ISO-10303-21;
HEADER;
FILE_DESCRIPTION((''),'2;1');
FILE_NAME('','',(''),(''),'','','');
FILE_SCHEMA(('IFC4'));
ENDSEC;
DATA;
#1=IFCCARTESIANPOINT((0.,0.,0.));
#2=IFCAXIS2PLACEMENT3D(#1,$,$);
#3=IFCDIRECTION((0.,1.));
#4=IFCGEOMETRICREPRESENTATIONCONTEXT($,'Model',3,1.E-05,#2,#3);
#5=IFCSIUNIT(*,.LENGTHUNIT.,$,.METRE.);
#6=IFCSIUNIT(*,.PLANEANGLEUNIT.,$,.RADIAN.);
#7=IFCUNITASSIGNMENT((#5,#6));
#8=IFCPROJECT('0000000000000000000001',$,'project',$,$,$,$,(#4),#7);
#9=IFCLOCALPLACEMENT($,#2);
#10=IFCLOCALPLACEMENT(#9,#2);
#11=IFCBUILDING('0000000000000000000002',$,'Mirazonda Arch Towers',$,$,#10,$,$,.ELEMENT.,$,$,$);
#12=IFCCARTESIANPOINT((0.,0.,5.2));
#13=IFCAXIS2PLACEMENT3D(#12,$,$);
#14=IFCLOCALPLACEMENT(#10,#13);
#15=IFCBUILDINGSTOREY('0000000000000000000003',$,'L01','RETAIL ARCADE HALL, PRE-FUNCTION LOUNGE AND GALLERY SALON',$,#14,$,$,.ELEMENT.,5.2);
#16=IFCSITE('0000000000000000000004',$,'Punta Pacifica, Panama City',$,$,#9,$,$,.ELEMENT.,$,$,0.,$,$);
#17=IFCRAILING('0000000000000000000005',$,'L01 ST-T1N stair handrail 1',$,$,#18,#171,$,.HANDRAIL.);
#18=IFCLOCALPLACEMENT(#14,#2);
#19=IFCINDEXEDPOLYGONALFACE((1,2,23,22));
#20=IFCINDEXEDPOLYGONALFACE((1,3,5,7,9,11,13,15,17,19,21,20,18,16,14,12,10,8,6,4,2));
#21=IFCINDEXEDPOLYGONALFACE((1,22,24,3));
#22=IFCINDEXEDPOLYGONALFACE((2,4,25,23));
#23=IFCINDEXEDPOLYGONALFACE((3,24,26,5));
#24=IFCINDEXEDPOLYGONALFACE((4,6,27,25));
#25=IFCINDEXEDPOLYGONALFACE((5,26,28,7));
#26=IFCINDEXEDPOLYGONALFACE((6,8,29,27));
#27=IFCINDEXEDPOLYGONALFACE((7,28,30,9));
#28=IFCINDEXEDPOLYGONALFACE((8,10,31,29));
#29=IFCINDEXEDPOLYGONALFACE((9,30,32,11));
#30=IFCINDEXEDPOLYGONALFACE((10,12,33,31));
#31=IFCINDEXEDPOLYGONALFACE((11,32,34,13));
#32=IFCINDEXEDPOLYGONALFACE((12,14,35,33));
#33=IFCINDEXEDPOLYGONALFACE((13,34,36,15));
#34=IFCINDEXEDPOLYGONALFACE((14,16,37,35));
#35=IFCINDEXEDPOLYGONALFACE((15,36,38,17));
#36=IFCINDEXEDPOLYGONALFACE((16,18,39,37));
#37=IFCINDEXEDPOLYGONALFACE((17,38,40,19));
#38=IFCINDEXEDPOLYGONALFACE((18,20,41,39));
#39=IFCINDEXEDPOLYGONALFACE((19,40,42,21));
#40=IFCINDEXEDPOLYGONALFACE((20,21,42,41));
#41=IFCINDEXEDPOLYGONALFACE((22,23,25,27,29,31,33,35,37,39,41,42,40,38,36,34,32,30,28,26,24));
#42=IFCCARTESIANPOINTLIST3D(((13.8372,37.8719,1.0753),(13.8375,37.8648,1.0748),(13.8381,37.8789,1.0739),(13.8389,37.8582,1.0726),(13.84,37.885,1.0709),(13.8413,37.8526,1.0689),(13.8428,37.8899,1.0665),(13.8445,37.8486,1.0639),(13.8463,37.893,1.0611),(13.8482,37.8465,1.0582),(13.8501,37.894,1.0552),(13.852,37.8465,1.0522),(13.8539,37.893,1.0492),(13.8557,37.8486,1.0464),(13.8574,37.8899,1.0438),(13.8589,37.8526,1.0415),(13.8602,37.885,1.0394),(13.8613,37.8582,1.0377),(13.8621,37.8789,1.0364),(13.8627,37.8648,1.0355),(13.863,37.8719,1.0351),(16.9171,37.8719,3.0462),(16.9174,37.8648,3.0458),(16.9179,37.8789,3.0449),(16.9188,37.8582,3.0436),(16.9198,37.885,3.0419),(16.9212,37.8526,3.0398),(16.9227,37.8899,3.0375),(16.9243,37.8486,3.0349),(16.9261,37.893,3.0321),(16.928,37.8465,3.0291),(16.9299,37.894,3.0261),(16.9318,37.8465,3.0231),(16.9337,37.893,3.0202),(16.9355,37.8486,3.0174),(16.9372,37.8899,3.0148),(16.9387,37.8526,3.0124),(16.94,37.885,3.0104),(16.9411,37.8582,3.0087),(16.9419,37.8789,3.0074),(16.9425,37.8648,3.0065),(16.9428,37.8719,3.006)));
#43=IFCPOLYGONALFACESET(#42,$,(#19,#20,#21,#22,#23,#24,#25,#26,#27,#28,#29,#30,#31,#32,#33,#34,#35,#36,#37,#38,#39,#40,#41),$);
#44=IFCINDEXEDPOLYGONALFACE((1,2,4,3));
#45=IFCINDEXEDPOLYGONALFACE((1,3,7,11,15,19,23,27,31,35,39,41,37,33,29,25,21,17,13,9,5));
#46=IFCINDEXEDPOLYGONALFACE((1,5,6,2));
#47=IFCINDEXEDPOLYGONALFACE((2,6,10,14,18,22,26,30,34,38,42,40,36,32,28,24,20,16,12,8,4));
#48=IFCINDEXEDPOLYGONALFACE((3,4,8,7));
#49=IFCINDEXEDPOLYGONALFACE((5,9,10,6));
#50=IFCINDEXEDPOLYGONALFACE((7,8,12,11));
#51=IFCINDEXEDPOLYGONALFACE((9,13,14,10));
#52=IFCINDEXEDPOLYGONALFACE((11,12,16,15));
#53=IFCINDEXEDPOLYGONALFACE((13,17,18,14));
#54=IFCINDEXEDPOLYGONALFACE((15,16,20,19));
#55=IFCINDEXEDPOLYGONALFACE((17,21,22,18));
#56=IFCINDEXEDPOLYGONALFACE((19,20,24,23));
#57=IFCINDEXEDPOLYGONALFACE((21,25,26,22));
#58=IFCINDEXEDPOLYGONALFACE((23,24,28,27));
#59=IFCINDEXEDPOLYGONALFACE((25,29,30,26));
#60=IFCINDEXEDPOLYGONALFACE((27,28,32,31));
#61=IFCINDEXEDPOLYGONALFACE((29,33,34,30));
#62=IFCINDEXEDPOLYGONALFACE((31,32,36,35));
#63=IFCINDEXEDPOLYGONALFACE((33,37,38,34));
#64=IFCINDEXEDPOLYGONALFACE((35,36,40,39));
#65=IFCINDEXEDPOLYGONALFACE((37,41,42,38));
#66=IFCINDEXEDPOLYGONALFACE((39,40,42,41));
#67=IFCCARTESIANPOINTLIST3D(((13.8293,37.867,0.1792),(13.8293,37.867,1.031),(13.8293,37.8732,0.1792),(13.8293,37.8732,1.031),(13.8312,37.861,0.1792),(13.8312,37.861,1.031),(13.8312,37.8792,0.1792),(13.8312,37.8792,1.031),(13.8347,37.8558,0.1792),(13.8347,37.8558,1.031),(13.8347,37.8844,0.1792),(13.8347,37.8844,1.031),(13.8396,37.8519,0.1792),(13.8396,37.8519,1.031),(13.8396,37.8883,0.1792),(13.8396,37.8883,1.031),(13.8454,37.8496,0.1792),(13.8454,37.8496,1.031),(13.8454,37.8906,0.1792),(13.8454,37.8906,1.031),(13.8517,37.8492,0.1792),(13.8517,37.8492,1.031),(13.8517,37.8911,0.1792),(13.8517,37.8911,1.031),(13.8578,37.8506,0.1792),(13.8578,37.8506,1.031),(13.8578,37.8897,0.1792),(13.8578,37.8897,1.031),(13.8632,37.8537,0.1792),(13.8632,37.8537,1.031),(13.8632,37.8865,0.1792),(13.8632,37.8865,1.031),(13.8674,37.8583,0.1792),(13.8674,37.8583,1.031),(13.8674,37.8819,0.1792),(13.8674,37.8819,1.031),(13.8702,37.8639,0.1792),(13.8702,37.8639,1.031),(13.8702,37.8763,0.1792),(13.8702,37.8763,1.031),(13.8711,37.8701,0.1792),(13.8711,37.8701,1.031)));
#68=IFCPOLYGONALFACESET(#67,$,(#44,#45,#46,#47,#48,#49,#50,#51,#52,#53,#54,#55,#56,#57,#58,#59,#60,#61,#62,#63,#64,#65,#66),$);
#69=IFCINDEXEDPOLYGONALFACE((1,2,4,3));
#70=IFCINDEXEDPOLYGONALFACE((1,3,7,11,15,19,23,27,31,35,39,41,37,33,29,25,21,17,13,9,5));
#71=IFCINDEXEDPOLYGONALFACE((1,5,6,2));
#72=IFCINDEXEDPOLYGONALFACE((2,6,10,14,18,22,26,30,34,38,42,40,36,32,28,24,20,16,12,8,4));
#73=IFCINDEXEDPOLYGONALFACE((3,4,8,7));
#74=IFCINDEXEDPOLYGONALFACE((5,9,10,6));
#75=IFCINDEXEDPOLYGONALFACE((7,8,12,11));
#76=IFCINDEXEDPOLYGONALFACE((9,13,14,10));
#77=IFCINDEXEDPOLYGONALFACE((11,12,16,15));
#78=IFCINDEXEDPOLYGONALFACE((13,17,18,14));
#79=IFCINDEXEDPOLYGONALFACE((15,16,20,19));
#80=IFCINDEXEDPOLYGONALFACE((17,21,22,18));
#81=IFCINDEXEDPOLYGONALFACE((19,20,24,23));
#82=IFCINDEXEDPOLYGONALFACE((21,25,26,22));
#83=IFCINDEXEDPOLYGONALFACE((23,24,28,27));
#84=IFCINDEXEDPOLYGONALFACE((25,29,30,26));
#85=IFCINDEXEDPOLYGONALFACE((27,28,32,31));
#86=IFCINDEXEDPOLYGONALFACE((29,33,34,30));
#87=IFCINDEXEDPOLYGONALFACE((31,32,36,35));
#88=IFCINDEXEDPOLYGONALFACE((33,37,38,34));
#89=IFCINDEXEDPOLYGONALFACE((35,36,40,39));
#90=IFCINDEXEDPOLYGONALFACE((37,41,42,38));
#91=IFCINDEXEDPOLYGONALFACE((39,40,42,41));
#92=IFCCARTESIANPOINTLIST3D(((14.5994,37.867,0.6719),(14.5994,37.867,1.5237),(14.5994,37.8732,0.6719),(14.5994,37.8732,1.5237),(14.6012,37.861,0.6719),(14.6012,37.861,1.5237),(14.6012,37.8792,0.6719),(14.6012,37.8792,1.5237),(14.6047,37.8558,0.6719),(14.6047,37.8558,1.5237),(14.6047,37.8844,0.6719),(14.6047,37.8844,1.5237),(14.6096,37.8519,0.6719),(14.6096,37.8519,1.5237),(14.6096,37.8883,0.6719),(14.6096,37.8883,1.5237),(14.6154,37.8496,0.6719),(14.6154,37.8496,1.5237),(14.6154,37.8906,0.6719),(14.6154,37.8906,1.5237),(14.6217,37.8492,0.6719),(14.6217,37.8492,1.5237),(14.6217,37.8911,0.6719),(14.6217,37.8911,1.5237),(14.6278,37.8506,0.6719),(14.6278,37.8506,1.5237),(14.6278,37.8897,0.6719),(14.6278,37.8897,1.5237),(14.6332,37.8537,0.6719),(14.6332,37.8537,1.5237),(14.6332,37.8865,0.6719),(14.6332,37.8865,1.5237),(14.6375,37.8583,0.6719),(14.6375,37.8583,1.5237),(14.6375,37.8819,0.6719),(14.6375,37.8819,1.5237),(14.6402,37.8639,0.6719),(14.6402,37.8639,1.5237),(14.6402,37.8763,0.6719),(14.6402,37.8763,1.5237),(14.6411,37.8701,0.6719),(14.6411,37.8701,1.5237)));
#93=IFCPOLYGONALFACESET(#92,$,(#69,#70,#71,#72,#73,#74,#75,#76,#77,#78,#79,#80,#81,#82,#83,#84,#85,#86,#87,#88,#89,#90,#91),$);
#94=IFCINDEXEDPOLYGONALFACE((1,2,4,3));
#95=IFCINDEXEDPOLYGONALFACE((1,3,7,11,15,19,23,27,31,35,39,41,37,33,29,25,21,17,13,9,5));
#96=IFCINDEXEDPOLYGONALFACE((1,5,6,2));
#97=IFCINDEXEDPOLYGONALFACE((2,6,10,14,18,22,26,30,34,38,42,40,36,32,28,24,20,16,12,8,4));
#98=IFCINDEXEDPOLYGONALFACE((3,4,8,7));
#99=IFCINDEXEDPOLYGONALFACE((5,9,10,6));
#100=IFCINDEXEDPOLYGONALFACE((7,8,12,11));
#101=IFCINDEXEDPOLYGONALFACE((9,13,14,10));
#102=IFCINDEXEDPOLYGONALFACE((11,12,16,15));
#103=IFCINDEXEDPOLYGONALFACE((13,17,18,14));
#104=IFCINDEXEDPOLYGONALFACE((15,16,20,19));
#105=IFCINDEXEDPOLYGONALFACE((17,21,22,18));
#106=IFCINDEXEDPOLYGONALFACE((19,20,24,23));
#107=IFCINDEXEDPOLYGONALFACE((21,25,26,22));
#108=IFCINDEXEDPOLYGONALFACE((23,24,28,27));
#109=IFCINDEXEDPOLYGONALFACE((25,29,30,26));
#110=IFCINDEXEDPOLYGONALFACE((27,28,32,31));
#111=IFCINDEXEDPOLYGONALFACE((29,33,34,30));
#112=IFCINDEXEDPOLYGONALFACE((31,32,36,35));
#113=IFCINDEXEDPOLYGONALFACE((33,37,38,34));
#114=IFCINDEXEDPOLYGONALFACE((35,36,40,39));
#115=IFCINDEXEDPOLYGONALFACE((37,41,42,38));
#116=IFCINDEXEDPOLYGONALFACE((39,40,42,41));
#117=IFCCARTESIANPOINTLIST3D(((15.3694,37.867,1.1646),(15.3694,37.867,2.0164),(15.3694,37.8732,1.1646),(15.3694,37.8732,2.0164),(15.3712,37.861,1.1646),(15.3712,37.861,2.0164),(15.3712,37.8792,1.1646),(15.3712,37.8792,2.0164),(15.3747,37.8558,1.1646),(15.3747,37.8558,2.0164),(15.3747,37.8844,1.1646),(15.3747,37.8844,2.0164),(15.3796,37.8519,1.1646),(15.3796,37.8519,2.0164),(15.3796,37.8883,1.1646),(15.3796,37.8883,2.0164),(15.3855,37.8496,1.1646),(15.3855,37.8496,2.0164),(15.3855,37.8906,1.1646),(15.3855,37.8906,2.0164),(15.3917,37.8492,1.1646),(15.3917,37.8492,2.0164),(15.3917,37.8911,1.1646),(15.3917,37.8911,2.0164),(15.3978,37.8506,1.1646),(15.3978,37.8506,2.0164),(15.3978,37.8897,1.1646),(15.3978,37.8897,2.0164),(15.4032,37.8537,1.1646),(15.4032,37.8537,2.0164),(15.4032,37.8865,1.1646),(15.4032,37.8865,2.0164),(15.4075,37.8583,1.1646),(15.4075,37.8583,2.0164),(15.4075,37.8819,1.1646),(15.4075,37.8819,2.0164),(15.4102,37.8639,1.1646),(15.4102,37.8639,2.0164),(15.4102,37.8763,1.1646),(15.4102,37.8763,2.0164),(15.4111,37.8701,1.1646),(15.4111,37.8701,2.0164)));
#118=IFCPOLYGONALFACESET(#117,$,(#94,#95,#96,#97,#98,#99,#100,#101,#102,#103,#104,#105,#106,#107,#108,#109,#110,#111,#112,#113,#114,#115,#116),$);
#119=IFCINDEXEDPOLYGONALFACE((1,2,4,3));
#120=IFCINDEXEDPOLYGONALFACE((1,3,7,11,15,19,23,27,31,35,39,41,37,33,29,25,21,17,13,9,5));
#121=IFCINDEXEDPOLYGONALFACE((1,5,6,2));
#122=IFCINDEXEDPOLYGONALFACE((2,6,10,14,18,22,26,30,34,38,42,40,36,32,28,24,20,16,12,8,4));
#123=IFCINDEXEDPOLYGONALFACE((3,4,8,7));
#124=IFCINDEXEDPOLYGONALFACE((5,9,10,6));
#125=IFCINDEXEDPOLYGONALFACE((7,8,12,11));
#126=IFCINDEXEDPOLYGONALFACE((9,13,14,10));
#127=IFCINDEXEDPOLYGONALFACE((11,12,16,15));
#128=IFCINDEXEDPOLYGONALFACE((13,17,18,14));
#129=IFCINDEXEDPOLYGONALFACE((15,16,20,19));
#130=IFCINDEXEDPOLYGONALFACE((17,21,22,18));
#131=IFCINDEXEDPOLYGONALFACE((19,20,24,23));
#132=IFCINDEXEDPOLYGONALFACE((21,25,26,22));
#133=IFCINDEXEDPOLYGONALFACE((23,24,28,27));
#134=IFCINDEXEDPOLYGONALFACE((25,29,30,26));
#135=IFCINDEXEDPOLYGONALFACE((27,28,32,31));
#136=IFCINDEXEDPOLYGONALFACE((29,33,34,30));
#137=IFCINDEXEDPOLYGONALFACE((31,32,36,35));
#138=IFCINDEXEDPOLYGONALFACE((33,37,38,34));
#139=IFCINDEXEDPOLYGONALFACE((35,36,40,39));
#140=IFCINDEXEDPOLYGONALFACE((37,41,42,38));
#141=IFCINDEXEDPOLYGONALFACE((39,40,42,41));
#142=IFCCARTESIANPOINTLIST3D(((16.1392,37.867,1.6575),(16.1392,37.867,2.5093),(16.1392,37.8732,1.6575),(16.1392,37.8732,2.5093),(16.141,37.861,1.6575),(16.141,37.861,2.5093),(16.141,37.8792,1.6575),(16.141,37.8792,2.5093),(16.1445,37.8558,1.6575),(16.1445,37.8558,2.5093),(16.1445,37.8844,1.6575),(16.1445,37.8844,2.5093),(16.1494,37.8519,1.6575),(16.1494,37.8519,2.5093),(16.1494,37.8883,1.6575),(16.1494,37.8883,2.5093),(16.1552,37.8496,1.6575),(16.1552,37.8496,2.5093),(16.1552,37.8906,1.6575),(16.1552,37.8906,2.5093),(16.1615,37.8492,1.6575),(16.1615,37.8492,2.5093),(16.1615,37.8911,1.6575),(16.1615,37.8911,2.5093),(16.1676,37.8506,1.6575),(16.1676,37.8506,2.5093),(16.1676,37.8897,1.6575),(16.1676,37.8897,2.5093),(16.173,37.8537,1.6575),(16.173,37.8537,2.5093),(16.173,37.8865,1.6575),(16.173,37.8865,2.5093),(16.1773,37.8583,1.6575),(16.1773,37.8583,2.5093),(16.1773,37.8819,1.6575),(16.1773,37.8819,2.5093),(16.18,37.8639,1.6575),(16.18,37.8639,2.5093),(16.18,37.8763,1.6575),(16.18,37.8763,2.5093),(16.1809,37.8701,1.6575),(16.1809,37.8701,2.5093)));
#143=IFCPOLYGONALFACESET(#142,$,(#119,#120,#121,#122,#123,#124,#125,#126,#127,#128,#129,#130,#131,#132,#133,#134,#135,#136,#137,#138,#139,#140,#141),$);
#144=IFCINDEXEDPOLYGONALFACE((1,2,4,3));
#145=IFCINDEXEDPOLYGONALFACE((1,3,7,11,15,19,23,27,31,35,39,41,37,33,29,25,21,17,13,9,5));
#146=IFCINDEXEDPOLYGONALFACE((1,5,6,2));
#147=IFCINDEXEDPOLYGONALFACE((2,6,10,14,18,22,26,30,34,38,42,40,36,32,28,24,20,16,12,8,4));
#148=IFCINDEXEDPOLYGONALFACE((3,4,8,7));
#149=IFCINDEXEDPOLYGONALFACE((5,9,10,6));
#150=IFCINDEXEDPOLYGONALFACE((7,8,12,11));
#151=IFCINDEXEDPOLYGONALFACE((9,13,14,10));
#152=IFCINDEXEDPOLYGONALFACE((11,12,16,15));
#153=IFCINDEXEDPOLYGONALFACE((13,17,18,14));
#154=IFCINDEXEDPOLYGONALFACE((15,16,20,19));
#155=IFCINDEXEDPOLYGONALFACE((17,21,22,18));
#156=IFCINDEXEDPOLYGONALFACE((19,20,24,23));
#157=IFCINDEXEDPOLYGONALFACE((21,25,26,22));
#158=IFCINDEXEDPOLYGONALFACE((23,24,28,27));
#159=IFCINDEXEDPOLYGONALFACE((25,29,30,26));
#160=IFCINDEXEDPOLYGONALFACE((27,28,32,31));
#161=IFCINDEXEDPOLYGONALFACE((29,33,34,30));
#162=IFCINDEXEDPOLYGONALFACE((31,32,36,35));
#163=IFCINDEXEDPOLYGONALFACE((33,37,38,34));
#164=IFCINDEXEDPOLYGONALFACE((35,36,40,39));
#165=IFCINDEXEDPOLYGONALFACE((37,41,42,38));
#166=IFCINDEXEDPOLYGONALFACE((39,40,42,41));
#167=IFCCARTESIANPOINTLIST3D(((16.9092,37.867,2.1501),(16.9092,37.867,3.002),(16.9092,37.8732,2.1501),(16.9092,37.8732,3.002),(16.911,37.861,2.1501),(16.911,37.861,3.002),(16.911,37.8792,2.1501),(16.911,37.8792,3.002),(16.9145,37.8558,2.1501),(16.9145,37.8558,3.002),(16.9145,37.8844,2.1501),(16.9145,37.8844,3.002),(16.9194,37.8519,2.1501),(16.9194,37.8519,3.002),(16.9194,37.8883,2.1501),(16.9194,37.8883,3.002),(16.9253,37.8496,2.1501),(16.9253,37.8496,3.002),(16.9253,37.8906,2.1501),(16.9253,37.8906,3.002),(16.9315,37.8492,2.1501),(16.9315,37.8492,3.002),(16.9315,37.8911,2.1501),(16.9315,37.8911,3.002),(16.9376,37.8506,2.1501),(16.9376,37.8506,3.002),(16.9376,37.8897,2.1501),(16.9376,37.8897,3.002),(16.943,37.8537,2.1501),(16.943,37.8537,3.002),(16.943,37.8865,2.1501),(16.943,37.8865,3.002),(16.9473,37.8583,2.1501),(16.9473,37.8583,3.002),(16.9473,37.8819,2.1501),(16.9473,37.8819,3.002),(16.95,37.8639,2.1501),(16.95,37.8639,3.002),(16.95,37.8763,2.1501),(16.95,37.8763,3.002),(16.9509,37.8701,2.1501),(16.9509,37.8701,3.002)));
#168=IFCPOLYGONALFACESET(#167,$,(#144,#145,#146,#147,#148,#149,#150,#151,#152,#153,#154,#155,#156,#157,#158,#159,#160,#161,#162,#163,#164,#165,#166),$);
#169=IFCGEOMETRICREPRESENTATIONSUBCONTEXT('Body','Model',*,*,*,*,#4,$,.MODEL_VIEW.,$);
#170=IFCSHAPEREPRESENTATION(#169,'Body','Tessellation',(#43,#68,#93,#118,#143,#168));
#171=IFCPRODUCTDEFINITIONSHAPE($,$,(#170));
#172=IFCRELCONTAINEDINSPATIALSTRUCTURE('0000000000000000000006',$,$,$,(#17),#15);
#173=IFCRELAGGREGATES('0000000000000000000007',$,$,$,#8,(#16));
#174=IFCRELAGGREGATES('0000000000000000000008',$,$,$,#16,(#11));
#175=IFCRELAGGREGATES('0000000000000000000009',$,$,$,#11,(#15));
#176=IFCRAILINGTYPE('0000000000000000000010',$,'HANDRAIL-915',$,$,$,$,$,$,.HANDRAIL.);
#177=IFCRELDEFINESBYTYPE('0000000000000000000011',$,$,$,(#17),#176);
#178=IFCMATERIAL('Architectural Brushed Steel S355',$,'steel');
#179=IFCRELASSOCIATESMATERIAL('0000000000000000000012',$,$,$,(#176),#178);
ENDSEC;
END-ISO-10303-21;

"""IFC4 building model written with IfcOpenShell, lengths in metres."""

from ifc_helpers import new_model, si_unit, direction, frame, origin, origin_2d, place, context, subcontext, project, spatial, circle, extrude, material, type_object, element, save


model = new_model("IFC4")

# Units and contexts
model_context = context("Model", 3, precision=1e-05, world=origin(), true_north=direction((0.0, 1.0)))
body_context = subcontext(model_context, "Body", "Model", "MODEL_VIEW")
ifc_project = project(units=[si_unit("LENGTHUNIT", "METRE"), si_unit("PLANEANGLEUNIT", "RADIAN")], contexts=[model_context])

# Site, building, storey
site_placement = place(None, origin())
site = spatial("IfcSite", under=ifc_project, at=site_placement, Name="Punta Pacifica, Panama City", CompositionType="ELEMENT", RefElevation=0.0)
building_placement = place(site_placement, origin())
building = spatial("IfcBuilding", under=site, at=building_placement, Name="Mirazonda Arch Towers", CompositionType="ELEMENT")
storey_placement = place(building_placement, frame((0.0, 0.0, 5.2)))
storey = spatial("IfcBuildingStorey", under=building, at=storey_placement, Name="L01", Description="RETAIL ARCADE HALL, PRE-FUNCTION LOUNGE AND GALLERY SALON", CompositionType="ELEMENT", Elevation=5.2)

# Shared definitions
ifc_material_1 = material(Name="Architectural Brushed Steel S355", Category="steel")

# Railing
railing_type_1 = type_object("IfcRailingType", Name="HANDRAIL-915", PredefinedType="HANDRAIL", material=ifc_material_1)
railing_1_placement = place(storey_placement, frame((13.8501, 37.8701, 0.1792)))
element("IfcRailing", 1, at=railing_1_placement, inside=storey, type_object=railing_type_1, Name="L01 ST-T1N stair handrail 1", PredefinedType="HANDRAIL", context=body_context, shape_type="SweptSolid", body=[
    extrude(circle(Radius=0.0239, at=origin_2d()), frame((0.0, 0.0, 0.876), z_axis=(0.84229, 0.0, 0.539025), x_axis=(0.0, 1.0, 0.0)), (0.0, 0.0, 1.0), 3.6565),
    extrude(circle(Radius=0.021, at=origin_2d()), origin(), (0.0, 0.0, 1.0), 0.8518),
    extrude(circle(Radius=0.021, at=origin_2d()), frame((0.77, 0.0, 0.4927)), (0.0, 0.0, 1.0), 0.8518),
    extrude(circle(Radius=0.021, at=origin_2d()), frame((1.54, 0.0, 0.9854)), (0.0, 0.0, 1.0), 0.8518),
    extrude(circle(Radius=0.021, at=origin_2d()), frame((2.3098, 0.0, 1.4783)), (0.0, 0.0, 1.0), 0.8518),
    extrude(circle(Radius=0.021, at=origin_2d()), frame((3.0798, 0.0, 1.9709)), (0.0, 0.0, 1.0), 0.8518),
])

save(model, "model.ifc")
